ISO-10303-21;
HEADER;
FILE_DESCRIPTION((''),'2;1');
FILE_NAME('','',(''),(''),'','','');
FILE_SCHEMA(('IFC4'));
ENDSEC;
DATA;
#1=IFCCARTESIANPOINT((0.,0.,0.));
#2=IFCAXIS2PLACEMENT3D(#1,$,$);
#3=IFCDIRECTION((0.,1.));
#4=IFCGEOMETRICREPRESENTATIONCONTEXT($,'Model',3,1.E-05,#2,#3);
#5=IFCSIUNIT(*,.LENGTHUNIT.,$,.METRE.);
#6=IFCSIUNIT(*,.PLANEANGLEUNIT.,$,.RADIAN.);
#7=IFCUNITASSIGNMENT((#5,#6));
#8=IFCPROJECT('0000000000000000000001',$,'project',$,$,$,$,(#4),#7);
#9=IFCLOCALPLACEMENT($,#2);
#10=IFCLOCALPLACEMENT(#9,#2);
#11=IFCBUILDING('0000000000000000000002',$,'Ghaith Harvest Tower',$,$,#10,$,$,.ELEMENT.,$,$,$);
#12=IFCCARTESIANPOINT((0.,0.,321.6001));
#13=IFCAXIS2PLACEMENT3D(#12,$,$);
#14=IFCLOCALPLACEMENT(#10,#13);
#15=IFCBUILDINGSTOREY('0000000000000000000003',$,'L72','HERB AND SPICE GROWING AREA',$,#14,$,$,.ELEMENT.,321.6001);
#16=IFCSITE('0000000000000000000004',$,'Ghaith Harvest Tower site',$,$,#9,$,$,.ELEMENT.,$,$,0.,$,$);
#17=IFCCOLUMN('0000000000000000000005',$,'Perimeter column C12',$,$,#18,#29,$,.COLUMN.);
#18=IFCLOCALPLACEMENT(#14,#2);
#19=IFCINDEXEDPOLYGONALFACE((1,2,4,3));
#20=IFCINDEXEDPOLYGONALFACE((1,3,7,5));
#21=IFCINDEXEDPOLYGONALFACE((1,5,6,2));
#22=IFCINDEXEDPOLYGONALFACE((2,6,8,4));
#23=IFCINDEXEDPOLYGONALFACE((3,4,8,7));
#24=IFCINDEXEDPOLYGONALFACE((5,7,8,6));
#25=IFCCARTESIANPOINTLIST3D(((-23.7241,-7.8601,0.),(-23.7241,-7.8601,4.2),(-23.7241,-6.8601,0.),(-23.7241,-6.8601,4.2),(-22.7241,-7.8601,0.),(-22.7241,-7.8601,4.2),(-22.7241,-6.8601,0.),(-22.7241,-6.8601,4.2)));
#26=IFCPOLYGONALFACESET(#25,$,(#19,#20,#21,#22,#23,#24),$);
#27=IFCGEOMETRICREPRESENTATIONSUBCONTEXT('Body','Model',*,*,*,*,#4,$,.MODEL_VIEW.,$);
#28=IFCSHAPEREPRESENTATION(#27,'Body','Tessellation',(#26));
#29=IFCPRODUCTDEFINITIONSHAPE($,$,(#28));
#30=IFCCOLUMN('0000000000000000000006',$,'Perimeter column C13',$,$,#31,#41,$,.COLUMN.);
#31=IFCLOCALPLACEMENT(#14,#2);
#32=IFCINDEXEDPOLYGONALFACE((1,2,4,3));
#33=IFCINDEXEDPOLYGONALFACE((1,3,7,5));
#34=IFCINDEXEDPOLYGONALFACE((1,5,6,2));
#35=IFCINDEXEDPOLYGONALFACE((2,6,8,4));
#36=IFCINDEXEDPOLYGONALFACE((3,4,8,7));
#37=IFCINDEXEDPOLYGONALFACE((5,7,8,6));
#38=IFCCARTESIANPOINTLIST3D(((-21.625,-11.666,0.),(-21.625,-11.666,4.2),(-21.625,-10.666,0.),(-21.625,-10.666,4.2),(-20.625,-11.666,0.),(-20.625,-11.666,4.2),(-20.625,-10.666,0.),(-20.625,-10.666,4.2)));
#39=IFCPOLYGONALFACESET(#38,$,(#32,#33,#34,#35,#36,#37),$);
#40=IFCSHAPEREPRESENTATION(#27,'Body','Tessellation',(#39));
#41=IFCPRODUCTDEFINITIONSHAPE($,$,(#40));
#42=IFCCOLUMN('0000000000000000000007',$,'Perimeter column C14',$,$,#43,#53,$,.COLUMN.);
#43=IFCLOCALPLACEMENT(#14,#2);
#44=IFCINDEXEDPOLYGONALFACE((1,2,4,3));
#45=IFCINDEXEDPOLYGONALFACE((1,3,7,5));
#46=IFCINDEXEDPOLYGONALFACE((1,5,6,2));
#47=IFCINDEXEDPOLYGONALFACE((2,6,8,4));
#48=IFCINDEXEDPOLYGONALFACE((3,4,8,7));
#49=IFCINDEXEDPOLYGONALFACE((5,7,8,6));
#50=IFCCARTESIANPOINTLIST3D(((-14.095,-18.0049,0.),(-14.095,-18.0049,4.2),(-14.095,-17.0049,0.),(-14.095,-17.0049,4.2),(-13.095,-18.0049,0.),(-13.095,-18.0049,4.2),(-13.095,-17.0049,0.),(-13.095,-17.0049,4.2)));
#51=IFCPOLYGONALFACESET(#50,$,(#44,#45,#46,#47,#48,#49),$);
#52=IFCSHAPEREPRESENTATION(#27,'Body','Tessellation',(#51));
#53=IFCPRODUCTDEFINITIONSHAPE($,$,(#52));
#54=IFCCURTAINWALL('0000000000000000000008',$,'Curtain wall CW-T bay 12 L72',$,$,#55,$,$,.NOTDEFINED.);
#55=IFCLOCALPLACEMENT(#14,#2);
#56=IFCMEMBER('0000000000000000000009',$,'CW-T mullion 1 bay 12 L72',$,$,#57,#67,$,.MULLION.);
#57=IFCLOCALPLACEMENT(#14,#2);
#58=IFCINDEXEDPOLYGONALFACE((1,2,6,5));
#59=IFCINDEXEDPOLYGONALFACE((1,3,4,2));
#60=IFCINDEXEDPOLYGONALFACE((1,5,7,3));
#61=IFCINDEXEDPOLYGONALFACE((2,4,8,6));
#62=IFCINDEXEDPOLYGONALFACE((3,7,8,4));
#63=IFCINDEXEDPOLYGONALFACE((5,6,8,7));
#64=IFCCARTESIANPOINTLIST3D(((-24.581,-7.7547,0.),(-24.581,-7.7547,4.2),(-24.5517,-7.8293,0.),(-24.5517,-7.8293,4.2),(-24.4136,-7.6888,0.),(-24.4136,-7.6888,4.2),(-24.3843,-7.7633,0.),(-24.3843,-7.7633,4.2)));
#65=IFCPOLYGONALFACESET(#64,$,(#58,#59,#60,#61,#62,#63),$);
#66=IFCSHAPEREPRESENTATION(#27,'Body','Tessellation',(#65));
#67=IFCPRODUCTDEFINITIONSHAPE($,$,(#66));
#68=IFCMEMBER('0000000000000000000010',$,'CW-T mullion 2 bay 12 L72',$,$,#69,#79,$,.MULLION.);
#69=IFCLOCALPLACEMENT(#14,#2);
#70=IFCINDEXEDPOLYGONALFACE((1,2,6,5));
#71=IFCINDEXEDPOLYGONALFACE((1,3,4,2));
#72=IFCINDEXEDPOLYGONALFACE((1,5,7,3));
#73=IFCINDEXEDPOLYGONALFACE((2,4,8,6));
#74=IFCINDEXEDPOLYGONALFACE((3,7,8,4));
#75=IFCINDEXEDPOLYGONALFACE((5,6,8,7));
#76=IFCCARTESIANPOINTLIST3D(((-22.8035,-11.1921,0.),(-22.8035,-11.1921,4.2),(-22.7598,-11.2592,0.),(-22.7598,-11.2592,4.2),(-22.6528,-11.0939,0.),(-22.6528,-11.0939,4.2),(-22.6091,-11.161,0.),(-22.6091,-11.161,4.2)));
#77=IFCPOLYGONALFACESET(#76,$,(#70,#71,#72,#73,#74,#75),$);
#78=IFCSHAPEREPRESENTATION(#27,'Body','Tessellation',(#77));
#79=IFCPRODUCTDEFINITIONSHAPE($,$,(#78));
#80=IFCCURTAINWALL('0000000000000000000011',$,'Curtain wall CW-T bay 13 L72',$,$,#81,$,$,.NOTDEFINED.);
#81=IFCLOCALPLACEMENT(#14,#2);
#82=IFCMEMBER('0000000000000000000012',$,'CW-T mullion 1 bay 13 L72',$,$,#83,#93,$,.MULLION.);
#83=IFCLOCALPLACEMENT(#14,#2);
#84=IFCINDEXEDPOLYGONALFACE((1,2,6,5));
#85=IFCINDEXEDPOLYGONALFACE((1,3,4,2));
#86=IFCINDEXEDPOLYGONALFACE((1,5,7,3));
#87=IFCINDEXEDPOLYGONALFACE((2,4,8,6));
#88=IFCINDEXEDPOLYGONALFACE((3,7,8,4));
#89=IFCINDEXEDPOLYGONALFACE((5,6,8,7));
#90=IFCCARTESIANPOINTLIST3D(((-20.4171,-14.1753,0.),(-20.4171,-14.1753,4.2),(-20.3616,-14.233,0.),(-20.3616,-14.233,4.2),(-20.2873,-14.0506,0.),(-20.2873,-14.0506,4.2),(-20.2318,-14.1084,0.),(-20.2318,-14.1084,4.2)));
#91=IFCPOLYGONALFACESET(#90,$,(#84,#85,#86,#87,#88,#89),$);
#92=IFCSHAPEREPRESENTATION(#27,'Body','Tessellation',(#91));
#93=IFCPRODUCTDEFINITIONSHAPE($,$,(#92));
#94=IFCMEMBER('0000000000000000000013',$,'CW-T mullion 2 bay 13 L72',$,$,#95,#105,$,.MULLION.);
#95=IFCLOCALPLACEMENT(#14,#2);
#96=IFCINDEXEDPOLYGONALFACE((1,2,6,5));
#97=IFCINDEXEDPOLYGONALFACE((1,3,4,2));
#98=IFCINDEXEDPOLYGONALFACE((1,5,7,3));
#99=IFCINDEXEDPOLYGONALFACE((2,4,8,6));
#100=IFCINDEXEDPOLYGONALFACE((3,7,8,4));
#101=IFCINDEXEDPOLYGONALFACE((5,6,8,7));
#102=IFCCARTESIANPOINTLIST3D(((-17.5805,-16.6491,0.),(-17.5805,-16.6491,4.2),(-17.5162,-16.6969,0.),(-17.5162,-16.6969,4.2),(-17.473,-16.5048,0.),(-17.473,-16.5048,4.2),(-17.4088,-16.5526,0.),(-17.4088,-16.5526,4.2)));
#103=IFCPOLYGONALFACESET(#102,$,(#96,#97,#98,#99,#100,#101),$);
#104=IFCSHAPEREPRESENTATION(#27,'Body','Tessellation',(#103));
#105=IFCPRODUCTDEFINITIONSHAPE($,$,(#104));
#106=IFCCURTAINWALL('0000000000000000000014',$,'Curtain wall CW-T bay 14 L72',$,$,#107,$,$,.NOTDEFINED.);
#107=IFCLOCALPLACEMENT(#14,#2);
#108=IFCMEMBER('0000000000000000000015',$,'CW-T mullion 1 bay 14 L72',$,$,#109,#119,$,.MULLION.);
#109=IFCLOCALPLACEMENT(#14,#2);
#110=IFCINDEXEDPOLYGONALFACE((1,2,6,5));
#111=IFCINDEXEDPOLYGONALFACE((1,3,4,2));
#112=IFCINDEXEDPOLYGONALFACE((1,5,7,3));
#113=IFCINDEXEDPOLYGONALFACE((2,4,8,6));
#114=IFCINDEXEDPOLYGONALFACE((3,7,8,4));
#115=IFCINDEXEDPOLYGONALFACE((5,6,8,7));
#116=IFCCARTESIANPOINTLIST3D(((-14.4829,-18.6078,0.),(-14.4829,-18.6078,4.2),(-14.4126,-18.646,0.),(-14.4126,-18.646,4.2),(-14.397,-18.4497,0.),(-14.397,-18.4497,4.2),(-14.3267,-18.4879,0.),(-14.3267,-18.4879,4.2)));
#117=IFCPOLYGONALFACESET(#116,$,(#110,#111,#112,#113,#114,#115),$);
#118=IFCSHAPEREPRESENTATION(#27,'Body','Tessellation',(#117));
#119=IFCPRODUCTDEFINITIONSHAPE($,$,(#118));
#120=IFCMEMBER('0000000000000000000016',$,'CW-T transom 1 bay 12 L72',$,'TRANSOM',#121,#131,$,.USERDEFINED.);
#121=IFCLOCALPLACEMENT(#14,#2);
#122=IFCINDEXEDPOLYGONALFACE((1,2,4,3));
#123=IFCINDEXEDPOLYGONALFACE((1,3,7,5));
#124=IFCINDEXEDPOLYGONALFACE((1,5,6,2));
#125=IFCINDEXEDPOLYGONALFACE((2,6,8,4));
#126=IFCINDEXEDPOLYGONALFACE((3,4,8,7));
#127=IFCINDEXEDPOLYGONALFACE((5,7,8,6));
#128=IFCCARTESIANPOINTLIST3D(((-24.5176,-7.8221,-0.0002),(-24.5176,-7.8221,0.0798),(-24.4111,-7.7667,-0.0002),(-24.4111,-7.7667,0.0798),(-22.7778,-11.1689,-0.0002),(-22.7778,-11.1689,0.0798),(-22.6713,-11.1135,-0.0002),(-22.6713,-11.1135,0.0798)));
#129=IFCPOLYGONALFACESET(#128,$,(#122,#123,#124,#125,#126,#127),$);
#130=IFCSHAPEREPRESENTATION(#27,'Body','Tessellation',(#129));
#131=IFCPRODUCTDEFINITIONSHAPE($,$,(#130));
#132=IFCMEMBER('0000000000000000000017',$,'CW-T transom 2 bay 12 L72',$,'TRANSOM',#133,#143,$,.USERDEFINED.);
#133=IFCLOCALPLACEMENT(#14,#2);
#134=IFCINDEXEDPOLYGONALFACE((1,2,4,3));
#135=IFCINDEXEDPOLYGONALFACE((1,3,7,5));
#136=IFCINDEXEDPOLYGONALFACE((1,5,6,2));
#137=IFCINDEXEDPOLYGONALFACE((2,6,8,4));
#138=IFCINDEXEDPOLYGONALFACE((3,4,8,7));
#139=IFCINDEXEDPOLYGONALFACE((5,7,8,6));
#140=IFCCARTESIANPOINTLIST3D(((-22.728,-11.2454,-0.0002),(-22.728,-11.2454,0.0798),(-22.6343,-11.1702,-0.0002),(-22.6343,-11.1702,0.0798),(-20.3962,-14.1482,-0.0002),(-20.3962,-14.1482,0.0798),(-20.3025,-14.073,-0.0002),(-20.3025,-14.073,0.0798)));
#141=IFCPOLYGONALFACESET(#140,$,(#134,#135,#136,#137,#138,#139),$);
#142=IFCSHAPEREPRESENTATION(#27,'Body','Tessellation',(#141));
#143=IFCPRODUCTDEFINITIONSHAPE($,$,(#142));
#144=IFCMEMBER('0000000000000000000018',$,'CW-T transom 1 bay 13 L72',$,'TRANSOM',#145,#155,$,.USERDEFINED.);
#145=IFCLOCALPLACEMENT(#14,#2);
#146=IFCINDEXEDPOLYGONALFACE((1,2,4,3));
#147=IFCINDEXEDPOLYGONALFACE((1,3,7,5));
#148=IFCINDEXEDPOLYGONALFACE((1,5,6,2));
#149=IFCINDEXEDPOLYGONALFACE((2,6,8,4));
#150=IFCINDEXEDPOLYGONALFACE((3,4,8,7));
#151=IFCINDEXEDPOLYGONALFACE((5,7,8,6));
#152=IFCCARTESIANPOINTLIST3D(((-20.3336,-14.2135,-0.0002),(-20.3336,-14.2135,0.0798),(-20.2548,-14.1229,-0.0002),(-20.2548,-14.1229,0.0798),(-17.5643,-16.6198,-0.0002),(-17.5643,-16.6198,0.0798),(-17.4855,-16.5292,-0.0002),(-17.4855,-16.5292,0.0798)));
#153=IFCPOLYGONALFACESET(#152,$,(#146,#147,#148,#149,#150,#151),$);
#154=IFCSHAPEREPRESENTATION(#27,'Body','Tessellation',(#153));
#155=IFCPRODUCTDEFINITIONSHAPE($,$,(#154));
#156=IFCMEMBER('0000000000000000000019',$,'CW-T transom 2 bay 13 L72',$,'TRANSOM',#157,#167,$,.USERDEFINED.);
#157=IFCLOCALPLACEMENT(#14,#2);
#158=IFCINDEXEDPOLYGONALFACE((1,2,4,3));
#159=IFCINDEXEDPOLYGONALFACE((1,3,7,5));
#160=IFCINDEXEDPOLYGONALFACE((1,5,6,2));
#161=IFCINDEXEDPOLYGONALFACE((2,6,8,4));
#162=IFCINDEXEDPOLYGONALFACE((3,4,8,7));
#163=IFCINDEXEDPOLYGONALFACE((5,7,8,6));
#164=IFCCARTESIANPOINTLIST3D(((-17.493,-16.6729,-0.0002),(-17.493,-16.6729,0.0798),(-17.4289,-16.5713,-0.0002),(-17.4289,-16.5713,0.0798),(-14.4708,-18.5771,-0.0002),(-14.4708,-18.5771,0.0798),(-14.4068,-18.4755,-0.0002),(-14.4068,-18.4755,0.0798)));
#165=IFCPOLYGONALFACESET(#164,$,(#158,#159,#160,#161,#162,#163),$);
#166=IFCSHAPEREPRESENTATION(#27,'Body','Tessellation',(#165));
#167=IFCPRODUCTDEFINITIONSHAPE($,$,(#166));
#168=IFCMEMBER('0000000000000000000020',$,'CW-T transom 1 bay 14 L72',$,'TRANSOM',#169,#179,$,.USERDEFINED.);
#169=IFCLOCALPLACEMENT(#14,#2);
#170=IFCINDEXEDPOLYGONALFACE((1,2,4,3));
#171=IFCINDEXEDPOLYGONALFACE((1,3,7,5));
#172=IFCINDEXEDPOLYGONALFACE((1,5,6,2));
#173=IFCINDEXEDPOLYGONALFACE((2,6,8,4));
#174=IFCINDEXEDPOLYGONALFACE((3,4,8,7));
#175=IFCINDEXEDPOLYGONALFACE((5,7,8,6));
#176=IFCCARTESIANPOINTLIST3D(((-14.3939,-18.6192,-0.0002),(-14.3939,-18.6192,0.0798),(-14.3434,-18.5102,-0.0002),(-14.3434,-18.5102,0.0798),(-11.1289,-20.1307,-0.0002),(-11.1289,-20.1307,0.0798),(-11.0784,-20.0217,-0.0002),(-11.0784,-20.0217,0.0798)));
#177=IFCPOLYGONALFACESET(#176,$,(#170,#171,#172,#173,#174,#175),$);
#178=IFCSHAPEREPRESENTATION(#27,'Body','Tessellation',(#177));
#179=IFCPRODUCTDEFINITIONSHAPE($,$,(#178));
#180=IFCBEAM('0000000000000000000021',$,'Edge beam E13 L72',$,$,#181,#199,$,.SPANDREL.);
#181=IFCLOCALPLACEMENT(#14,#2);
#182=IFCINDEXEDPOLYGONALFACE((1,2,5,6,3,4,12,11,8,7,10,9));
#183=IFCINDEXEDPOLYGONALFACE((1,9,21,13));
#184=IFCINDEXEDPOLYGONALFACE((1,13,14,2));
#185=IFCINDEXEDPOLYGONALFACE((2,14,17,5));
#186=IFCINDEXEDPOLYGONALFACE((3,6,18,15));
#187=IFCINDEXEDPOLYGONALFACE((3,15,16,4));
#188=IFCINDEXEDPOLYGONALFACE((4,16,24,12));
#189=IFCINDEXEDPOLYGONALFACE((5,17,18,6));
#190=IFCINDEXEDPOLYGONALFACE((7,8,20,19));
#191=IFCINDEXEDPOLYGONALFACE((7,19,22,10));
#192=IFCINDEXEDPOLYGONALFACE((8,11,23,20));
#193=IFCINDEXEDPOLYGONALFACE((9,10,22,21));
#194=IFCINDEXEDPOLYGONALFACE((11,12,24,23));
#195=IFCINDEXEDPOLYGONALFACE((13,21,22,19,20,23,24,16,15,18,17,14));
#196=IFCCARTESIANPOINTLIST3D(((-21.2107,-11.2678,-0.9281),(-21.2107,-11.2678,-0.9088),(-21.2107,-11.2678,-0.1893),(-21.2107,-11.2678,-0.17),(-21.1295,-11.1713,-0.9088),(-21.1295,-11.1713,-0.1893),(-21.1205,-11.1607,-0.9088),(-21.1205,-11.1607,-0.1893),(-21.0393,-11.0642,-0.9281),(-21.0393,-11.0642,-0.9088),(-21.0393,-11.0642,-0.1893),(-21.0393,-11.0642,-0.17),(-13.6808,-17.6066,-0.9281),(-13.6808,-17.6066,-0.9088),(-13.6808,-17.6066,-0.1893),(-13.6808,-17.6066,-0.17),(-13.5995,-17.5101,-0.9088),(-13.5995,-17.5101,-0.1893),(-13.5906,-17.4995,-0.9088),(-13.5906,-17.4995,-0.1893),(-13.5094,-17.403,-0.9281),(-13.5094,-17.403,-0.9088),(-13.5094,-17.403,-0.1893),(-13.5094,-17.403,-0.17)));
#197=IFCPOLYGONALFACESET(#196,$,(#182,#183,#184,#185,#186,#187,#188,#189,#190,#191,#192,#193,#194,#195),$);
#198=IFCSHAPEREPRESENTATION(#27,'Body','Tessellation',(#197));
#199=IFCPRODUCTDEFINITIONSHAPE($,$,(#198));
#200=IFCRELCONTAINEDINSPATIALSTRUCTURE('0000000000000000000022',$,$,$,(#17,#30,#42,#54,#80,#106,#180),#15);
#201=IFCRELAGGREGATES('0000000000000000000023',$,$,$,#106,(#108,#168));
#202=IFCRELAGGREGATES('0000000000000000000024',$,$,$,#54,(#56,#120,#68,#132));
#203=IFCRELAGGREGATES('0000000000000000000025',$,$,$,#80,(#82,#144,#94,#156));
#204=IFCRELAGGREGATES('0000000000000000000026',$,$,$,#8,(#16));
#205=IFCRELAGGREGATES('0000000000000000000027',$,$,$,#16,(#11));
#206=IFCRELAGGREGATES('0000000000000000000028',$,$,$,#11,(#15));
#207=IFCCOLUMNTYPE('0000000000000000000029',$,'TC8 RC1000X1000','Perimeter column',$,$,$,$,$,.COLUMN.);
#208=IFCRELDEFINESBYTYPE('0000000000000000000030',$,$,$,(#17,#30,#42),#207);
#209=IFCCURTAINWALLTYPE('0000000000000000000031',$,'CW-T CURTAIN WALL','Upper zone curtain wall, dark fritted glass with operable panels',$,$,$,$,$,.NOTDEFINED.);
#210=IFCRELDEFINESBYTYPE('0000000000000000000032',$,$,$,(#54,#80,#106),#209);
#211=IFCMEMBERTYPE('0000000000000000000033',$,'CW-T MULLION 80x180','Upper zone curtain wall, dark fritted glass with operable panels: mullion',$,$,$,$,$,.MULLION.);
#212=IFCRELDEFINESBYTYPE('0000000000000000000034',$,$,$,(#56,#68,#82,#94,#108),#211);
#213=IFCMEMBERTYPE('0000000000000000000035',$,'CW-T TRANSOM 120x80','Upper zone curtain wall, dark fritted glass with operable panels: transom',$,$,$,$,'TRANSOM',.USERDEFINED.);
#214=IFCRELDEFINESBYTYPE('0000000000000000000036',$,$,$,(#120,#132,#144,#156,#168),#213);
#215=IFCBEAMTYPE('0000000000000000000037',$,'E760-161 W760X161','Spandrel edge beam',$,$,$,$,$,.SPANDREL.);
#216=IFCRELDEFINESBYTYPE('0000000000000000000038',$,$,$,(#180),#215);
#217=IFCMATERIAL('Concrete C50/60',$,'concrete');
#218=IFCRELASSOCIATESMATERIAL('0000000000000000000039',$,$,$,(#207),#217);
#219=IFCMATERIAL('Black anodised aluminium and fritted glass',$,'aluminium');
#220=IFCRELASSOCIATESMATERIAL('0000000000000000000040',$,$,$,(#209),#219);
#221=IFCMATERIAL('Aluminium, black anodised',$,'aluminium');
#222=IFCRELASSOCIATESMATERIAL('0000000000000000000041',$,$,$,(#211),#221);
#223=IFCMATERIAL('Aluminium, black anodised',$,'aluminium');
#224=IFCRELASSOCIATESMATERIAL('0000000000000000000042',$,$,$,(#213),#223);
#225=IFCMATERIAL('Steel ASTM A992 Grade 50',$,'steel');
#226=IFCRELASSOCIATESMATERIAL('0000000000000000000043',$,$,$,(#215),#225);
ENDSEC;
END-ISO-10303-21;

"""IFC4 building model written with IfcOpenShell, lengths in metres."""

from ifc_helpers import new_model, si_unit, direction, frame, origin, origin_2d, place, context, subcontext, project, spatial, rectangle, i_section, extrude, material, material_profile, profile_set, type_object, element, aggregate, save


model = new_model("IFC4")

# Units and contexts
model_context = context("Model", 3, precision=1e-05, world=origin(), true_north=direction((0.0, 1.0)))
body_context = subcontext(model_context, "Body", "Model", "MODEL_VIEW")
ifc_project = project(units=[si_unit("LENGTHUNIT", "METRE"), si_unit("PLANEANGLEUNIT", "RADIAN")], contexts=[model_context])

# Site, building, storey
site_placement = place(None, origin())
site = spatial("IfcSite", under=ifc_project, at=site_placement, Name="Ghaith Harvest Tower site", CompositionType="ELEMENT", RefElevation=0.0)
building_placement = place(site_placement, origin())
building = spatial("IfcBuilding", under=site, at=building_placement, Name="Ghaith Harvest Tower", CompositionType="ELEMENT")
storey_placement = place(building_placement, frame((0.0, 0.0, 321.6001)))
storey = spatial("IfcBuildingStorey", under=building, at=storey_placement, Name="L72", Description="HERB AND SPICE GROWING AREA", CompositionType="ELEMENT", Elevation=321.6001)

# Columns
ifc_material_1 = material(Name="Concrete C50/60", Category="concrete")
ifc_material_profile_1 = material_profile(ifc_material_1, rectangle(XDim=1.0, YDim=1.0, at=origin_2d()), Name="RC1000X1000")
ifc_profile_set_1 = profile_set([ifc_material_profile_1], Name="Concrete C50/60")
column_type = type_object("IfcColumnType", Name="TC8 RC1000X1000", Description="Perimeter column", PredefinedType="COLUMN", material=ifc_profile_set_1)
for number, where, z_axis, x_axis, name in (
    (1, (-23.2241, -7.3601, 0.0), (0.0, 0.0, 1.0), (1.0, 0.0, 0.0), "Perimeter column C12"),
    (2, (-21.125, -11.166, 0.0), (0.0, 0.0, 1.0), (1.0, 0.0, 0.0), "Perimeter column C13"),
    (3, (-13.595, -17.5049, 0.0), (0.0, 0.0, 1.0), (1.0, 0.0, 0.0), "Perimeter column C14"),
):
    element("IfcColumn", number, at=place(storey_placement, frame(where, z_axis=z_axis, x_axis=x_axis)), inside=storey, type_object=column_type, Name=name, PredefinedType="COLUMN", context=body_context, shape_type="SweptSolid", body=[
        extrude(rectangle(XDim=1.0, YDim=1.0, at=origin_2d()), origin(), (0.0, 0.0, 1.0), 4.2),
    ])

# Curtain walls, members
ifc_material_2 = material(Name="Black anodised aluminium and fritted glass", Category="aluminium")
curtain_wall_type = type_object("IfcCurtainWallType", Name="CW-T CURTAIN WALL", Description="Upper zone curtain wall, dark fritted glass with operable panels", PredefinedType="NOTDEFINED", material=ifc_material_2)
curtain_wall_1_placement = place(storey_placement, origin())
curtain_wall_1 = element("IfcCurtainWall", 4, at=curtain_wall_1_placement, inside=storey, type_object=curtain_wall_type, Name="Curtain wall CW-T bay 12 L72", PredefinedType="NOTDEFINED")
ifc_material_3 = material(Name="Aluminium, black anodised", Category="aluminium")
ifc_material_profile_2 = material_profile(ifc_material_3, rectangle(XDim=0.0801, YDim=0.1799, at=origin_2d()), Name="CW-T MULLION 80x180")
ifc_profile_set_2 = profile_set([ifc_material_profile_2], Name="Aluminium, black anodised")
member_type_1 = type_object("IfcMemberType", Name="CW-T MULLION 80x180", Description="Upper zone curtain wall, dark fritted glass with operable panels: mullion", PredefinedType="MULLION", material=ifc_profile_set_2)
member_1_placement = place(storey_placement, frame((-24.4827, -7.759, 0.0), z_axis=(0.0, 0.0, 1.0), x_axis=(0.366473, -0.930429, 0.0)))
member_1 = element("IfcMember", 5, at=member_1_placement, type_object=member_type_1, Name="CW-T mullion 1 bay 12 L72", PredefinedType="MULLION", context=body_context, shape_type="SweptSolid", body=[
    extrude(rectangle(XDim=0.0801, YDim=0.1799, at=origin_2d()), origin(), (0.0, 0.0, 1.0), 4.2),
])
member_2_placement = place(storey_placement, frame((-22.7063, -11.1765, 0.0), z_axis=(0.0, 0.0, 1.0), x_axis=(0.545865, -0.837873, 0.0)))
member_2 = element("IfcMember", 6, at=member_2_placement, type_object=member_type_1, Name="CW-T mullion 2 bay 12 L72", PredefinedType="MULLION", context=body_context, shape_type="SweptSolid", body=[
    extrude(rectangle(XDim=0.0801, YDim=0.1799, at=origin_2d()), origin(), (0.0, 0.0, 1.0), 4.2),
])
curtain_wall_2_placement = place(storey_placement, origin())
curtain_wall_2 = element("IfcCurtainWall", 7, at=curtain_wall_2_placement, inside=storey, type_object=curtain_wall_type, Name="Curtain wall CW-T bay 13 L72", PredefinedType="NOTDEFINED")
member_3_placement = place(storey_placement, frame((-20.3245, -14.1418, 0.0), z_axis=(0.0, 0.0, 1.0), x_axis=(0.692826, -0.721104, 0.0)))
member_3 = element("IfcMember", 8, at=member_3_placement, type_object=member_type_1, Name="CW-T mullion 1 bay 13 L72", PredefinedType="MULLION", context=body_context, shape_type="SweptSolid", body=[
    extrude(rectangle(XDim=0.0801, YDim=0.1799, at=origin_2d()), origin(), (0.0, 0.0, 1.0), 4.2),
])
member_4_placement = place(storey_placement, frame((-17.4946, -16.6008, 0.0), z_axis=(0.0, 0.0, 1.0), x_axis=(0.80219, -0.597069, 0.0)))
member_4 = element("IfcMember", 9, at=member_4_placement, type_object=member_type_1, Name="CW-T mullion 2 bay 13 L72", PredefinedType="MULLION", context=body_context, shape_type="SweptSolid", body=[
    extrude(rectangle(XDim=0.0801, YDim=0.1799, at=origin_2d()), origin(), (0.0, 0.0, 1.0), 4.2),
])

# Curtain wall, member
curtain_wall_3_placement = place(storey_placement, origin())
curtain_wall_3 = element("IfcCurtainWall", 10, at=curtain_wall_3_placement, inside=storey, type_object=curtain_wall_type, Name="Curtain wall CW-T bay 14 L72", PredefinedType="NOTDEFINED")
member_5_placement = place(storey_placement, frame((-14.4048, -18.5479, 0.0), z_axis=(0.0, 0.0, 1.0), x_axis=(0.878672, -0.477426, 0.0)))
member_5 = element("IfcMember", 11, at=member_5_placement, type_object=member_type_1, Name="CW-T mullion 1 bay 14 L72", PredefinedType="MULLION", context=body_context, shape_type="SweptSolid", body=[
    extrude(rectangle(XDim=0.0801, YDim=0.1799, at=origin_2d()), origin(), (0.0, 0.0, 1.0), 4.2),
])

# Members
ifc_material_4 = material(Name="Aluminium, black anodised", Category="aluminium")
ifc_material_profile_3 = material_profile(ifc_material_4, rectangle(XDim=0.1201, YDim=0.0801, at=origin_2d()), Name="CW-T TRANSOM 120x80")
ifc_profile_set_3 = profile_set([ifc_material_profile_3], Name="Aluminium, black anodised")
member_type_2 = type_object("IfcMemberType", Name="CW-T TRANSOM 120x80", Description="Upper zone curtain wall, dark fritted glass with operable panels: transom", ElementType="TRANSOM", PredefinedType="USERDEFINED", material=ifc_profile_set_3)
member_6_placement = place(storey_placement, frame((-24.4644, -7.7944, 0.0398), z_axis=(0.461243, -0.887274, 0.0), x_axis=(0.887274, 0.461243, 0.0)))
member_6 = element("IfcMember", 12, at=member_6_placement, type_object=member_type_2, Name="CW-T transom 1 bay 12 L72", ObjectType="TRANSOM", PredefinedType="USERDEFINED", context=body_context, shape_type="SweptSolid", body=[
    extrude(rectangle(XDim=0.1201, YDim=0.0801, at=origin_2d()), origin(), (0.0, 0.0, 1.0), 3.772),
])
member_7_placement = place(storey_placement, frame((-22.6812, -11.2078, 0.0398), z_axis=(0.626253, -0.77962, 0.0), x_axis=(0.77962, 0.626253, 0.0)))
member_7 = element("IfcMember", 13, at=member_7_placement, type_object=member_type_2, Name="CW-T transom 2 bay 12 L72", ObjectType="TRANSOM", PredefinedType="USERDEFINED", context=body_context, shape_type="SweptSolid", body=[
    extrude(rectangle(XDim=0.1201, YDim=0.0801, at=origin_2d()), origin(), (0.0, 0.0, 1.0), 3.7234),
])
member_8_placement = place(storey_placement, frame((-20.2942, -14.1682, 0.0398), z_axis=(0.754852, -0.655895, 0.0), x_axis=(0.655895, 0.754852, 0.0)))
member_8 = element("IfcMember", 14, at=member_8_placement, type_object=member_type_2, Name="CW-T transom 1 bay 13 L72", ObjectType="TRANSOM", PredefinedType="USERDEFINED", context=body_context, shape_type="SweptSolid", body=[
    extrude(rectangle(XDim=0.1201, YDim=0.0801, at=origin_2d()), origin(), (0.0, 0.0, 1.0), 3.6687),
])
member_9_placement = place(storey_placement, frame((-17.4609, -16.6221, 0.0398), z_axis=(0.846054, -0.533098, 0.0), x_axis=(0.533098, 0.846054, 0.0)))
member_9 = element("IfcMember", 15, at=member_9_placement, type_object=member_type_2, Name="CW-T transom 2 bay 13 L72", ObjectType="TRANSOM", PredefinedType="USERDEFINED", context=body_context, shape_type="SweptSolid", body=[
    extrude(rectangle(XDim=0.1201, YDim=0.0801, at=origin_2d()), origin(), (0.0, 0.0, 1.0), 3.572),
])
member_10_placement = place(storey_placement, frame((-14.3687, -18.5647, 0.0398), z_axis=(0.907472, -0.420112, 0.0), x_axis=(0.420112, 0.907472, 0.0)))
member_10 = element("IfcMember", 16, at=member_10_placement, type_object=member_type_2, Name="CW-T transom 1 bay 14 L72", ObjectType="TRANSOM", PredefinedType="USERDEFINED", context=body_context, shape_type="SweptSolid", body=[
    extrude(rectangle(XDim=0.1201, YDim=0.0801, at=origin_2d()), origin(), (0.0, 0.0, 1.0), 3.5979),
])
aggregate(curtain_wall_3, [member_5, member_10])

# Beam
ifc_material_5 = material(Name="Steel ASTM A992 Grade 50", Category="steel")
ifc_material_profile_4 = material_profile(ifc_material_5, i_section(OverallWidth=0.2661, OverallDepth=0.7581, WebThickness=0.0139, FlangeThickness=0.0193, at=origin_2d()), Name="W760X161")
ifc_profile_set_4 = profile_set([ifc_material_profile_4], Name="Steel ASTM A992 Grade 50")
beam_type = type_object("IfcBeamType", Name="E760-161 W760X161", Description="Spandrel edge beam", PredefinedType="SPANDREL", material=ifc_profile_set_4)
beam_1_placement = place(storey_placement, frame((-21.125, -11.166, -0.5491), z_axis=(0.765022, -0.644004, 0.0), x_axis=(0.644004, 0.765022, 0.0)))
element("IfcBeam", 17, at=beam_1_placement, inside=storey, type_object=beam_type, Name="Edge beam E13 L72", PredefinedType="SPANDREL", context=body_context, shape_type="SweptSolid", body=[
    extrude(i_section(OverallWidth=0.2661, OverallDepth=0.7581, WebThickness=0.0139, FlangeThickness=0.0193, at=origin_2d()), origin(), (0.0, 0.0, 1.0), 9.8428),
])

aggregate(curtain_wall_1, [member_1, member_6, member_2, member_7])
aggregate(curtain_wall_2, [member_3, member_8, member_4, member_9])

save(model, "model.ifc")
